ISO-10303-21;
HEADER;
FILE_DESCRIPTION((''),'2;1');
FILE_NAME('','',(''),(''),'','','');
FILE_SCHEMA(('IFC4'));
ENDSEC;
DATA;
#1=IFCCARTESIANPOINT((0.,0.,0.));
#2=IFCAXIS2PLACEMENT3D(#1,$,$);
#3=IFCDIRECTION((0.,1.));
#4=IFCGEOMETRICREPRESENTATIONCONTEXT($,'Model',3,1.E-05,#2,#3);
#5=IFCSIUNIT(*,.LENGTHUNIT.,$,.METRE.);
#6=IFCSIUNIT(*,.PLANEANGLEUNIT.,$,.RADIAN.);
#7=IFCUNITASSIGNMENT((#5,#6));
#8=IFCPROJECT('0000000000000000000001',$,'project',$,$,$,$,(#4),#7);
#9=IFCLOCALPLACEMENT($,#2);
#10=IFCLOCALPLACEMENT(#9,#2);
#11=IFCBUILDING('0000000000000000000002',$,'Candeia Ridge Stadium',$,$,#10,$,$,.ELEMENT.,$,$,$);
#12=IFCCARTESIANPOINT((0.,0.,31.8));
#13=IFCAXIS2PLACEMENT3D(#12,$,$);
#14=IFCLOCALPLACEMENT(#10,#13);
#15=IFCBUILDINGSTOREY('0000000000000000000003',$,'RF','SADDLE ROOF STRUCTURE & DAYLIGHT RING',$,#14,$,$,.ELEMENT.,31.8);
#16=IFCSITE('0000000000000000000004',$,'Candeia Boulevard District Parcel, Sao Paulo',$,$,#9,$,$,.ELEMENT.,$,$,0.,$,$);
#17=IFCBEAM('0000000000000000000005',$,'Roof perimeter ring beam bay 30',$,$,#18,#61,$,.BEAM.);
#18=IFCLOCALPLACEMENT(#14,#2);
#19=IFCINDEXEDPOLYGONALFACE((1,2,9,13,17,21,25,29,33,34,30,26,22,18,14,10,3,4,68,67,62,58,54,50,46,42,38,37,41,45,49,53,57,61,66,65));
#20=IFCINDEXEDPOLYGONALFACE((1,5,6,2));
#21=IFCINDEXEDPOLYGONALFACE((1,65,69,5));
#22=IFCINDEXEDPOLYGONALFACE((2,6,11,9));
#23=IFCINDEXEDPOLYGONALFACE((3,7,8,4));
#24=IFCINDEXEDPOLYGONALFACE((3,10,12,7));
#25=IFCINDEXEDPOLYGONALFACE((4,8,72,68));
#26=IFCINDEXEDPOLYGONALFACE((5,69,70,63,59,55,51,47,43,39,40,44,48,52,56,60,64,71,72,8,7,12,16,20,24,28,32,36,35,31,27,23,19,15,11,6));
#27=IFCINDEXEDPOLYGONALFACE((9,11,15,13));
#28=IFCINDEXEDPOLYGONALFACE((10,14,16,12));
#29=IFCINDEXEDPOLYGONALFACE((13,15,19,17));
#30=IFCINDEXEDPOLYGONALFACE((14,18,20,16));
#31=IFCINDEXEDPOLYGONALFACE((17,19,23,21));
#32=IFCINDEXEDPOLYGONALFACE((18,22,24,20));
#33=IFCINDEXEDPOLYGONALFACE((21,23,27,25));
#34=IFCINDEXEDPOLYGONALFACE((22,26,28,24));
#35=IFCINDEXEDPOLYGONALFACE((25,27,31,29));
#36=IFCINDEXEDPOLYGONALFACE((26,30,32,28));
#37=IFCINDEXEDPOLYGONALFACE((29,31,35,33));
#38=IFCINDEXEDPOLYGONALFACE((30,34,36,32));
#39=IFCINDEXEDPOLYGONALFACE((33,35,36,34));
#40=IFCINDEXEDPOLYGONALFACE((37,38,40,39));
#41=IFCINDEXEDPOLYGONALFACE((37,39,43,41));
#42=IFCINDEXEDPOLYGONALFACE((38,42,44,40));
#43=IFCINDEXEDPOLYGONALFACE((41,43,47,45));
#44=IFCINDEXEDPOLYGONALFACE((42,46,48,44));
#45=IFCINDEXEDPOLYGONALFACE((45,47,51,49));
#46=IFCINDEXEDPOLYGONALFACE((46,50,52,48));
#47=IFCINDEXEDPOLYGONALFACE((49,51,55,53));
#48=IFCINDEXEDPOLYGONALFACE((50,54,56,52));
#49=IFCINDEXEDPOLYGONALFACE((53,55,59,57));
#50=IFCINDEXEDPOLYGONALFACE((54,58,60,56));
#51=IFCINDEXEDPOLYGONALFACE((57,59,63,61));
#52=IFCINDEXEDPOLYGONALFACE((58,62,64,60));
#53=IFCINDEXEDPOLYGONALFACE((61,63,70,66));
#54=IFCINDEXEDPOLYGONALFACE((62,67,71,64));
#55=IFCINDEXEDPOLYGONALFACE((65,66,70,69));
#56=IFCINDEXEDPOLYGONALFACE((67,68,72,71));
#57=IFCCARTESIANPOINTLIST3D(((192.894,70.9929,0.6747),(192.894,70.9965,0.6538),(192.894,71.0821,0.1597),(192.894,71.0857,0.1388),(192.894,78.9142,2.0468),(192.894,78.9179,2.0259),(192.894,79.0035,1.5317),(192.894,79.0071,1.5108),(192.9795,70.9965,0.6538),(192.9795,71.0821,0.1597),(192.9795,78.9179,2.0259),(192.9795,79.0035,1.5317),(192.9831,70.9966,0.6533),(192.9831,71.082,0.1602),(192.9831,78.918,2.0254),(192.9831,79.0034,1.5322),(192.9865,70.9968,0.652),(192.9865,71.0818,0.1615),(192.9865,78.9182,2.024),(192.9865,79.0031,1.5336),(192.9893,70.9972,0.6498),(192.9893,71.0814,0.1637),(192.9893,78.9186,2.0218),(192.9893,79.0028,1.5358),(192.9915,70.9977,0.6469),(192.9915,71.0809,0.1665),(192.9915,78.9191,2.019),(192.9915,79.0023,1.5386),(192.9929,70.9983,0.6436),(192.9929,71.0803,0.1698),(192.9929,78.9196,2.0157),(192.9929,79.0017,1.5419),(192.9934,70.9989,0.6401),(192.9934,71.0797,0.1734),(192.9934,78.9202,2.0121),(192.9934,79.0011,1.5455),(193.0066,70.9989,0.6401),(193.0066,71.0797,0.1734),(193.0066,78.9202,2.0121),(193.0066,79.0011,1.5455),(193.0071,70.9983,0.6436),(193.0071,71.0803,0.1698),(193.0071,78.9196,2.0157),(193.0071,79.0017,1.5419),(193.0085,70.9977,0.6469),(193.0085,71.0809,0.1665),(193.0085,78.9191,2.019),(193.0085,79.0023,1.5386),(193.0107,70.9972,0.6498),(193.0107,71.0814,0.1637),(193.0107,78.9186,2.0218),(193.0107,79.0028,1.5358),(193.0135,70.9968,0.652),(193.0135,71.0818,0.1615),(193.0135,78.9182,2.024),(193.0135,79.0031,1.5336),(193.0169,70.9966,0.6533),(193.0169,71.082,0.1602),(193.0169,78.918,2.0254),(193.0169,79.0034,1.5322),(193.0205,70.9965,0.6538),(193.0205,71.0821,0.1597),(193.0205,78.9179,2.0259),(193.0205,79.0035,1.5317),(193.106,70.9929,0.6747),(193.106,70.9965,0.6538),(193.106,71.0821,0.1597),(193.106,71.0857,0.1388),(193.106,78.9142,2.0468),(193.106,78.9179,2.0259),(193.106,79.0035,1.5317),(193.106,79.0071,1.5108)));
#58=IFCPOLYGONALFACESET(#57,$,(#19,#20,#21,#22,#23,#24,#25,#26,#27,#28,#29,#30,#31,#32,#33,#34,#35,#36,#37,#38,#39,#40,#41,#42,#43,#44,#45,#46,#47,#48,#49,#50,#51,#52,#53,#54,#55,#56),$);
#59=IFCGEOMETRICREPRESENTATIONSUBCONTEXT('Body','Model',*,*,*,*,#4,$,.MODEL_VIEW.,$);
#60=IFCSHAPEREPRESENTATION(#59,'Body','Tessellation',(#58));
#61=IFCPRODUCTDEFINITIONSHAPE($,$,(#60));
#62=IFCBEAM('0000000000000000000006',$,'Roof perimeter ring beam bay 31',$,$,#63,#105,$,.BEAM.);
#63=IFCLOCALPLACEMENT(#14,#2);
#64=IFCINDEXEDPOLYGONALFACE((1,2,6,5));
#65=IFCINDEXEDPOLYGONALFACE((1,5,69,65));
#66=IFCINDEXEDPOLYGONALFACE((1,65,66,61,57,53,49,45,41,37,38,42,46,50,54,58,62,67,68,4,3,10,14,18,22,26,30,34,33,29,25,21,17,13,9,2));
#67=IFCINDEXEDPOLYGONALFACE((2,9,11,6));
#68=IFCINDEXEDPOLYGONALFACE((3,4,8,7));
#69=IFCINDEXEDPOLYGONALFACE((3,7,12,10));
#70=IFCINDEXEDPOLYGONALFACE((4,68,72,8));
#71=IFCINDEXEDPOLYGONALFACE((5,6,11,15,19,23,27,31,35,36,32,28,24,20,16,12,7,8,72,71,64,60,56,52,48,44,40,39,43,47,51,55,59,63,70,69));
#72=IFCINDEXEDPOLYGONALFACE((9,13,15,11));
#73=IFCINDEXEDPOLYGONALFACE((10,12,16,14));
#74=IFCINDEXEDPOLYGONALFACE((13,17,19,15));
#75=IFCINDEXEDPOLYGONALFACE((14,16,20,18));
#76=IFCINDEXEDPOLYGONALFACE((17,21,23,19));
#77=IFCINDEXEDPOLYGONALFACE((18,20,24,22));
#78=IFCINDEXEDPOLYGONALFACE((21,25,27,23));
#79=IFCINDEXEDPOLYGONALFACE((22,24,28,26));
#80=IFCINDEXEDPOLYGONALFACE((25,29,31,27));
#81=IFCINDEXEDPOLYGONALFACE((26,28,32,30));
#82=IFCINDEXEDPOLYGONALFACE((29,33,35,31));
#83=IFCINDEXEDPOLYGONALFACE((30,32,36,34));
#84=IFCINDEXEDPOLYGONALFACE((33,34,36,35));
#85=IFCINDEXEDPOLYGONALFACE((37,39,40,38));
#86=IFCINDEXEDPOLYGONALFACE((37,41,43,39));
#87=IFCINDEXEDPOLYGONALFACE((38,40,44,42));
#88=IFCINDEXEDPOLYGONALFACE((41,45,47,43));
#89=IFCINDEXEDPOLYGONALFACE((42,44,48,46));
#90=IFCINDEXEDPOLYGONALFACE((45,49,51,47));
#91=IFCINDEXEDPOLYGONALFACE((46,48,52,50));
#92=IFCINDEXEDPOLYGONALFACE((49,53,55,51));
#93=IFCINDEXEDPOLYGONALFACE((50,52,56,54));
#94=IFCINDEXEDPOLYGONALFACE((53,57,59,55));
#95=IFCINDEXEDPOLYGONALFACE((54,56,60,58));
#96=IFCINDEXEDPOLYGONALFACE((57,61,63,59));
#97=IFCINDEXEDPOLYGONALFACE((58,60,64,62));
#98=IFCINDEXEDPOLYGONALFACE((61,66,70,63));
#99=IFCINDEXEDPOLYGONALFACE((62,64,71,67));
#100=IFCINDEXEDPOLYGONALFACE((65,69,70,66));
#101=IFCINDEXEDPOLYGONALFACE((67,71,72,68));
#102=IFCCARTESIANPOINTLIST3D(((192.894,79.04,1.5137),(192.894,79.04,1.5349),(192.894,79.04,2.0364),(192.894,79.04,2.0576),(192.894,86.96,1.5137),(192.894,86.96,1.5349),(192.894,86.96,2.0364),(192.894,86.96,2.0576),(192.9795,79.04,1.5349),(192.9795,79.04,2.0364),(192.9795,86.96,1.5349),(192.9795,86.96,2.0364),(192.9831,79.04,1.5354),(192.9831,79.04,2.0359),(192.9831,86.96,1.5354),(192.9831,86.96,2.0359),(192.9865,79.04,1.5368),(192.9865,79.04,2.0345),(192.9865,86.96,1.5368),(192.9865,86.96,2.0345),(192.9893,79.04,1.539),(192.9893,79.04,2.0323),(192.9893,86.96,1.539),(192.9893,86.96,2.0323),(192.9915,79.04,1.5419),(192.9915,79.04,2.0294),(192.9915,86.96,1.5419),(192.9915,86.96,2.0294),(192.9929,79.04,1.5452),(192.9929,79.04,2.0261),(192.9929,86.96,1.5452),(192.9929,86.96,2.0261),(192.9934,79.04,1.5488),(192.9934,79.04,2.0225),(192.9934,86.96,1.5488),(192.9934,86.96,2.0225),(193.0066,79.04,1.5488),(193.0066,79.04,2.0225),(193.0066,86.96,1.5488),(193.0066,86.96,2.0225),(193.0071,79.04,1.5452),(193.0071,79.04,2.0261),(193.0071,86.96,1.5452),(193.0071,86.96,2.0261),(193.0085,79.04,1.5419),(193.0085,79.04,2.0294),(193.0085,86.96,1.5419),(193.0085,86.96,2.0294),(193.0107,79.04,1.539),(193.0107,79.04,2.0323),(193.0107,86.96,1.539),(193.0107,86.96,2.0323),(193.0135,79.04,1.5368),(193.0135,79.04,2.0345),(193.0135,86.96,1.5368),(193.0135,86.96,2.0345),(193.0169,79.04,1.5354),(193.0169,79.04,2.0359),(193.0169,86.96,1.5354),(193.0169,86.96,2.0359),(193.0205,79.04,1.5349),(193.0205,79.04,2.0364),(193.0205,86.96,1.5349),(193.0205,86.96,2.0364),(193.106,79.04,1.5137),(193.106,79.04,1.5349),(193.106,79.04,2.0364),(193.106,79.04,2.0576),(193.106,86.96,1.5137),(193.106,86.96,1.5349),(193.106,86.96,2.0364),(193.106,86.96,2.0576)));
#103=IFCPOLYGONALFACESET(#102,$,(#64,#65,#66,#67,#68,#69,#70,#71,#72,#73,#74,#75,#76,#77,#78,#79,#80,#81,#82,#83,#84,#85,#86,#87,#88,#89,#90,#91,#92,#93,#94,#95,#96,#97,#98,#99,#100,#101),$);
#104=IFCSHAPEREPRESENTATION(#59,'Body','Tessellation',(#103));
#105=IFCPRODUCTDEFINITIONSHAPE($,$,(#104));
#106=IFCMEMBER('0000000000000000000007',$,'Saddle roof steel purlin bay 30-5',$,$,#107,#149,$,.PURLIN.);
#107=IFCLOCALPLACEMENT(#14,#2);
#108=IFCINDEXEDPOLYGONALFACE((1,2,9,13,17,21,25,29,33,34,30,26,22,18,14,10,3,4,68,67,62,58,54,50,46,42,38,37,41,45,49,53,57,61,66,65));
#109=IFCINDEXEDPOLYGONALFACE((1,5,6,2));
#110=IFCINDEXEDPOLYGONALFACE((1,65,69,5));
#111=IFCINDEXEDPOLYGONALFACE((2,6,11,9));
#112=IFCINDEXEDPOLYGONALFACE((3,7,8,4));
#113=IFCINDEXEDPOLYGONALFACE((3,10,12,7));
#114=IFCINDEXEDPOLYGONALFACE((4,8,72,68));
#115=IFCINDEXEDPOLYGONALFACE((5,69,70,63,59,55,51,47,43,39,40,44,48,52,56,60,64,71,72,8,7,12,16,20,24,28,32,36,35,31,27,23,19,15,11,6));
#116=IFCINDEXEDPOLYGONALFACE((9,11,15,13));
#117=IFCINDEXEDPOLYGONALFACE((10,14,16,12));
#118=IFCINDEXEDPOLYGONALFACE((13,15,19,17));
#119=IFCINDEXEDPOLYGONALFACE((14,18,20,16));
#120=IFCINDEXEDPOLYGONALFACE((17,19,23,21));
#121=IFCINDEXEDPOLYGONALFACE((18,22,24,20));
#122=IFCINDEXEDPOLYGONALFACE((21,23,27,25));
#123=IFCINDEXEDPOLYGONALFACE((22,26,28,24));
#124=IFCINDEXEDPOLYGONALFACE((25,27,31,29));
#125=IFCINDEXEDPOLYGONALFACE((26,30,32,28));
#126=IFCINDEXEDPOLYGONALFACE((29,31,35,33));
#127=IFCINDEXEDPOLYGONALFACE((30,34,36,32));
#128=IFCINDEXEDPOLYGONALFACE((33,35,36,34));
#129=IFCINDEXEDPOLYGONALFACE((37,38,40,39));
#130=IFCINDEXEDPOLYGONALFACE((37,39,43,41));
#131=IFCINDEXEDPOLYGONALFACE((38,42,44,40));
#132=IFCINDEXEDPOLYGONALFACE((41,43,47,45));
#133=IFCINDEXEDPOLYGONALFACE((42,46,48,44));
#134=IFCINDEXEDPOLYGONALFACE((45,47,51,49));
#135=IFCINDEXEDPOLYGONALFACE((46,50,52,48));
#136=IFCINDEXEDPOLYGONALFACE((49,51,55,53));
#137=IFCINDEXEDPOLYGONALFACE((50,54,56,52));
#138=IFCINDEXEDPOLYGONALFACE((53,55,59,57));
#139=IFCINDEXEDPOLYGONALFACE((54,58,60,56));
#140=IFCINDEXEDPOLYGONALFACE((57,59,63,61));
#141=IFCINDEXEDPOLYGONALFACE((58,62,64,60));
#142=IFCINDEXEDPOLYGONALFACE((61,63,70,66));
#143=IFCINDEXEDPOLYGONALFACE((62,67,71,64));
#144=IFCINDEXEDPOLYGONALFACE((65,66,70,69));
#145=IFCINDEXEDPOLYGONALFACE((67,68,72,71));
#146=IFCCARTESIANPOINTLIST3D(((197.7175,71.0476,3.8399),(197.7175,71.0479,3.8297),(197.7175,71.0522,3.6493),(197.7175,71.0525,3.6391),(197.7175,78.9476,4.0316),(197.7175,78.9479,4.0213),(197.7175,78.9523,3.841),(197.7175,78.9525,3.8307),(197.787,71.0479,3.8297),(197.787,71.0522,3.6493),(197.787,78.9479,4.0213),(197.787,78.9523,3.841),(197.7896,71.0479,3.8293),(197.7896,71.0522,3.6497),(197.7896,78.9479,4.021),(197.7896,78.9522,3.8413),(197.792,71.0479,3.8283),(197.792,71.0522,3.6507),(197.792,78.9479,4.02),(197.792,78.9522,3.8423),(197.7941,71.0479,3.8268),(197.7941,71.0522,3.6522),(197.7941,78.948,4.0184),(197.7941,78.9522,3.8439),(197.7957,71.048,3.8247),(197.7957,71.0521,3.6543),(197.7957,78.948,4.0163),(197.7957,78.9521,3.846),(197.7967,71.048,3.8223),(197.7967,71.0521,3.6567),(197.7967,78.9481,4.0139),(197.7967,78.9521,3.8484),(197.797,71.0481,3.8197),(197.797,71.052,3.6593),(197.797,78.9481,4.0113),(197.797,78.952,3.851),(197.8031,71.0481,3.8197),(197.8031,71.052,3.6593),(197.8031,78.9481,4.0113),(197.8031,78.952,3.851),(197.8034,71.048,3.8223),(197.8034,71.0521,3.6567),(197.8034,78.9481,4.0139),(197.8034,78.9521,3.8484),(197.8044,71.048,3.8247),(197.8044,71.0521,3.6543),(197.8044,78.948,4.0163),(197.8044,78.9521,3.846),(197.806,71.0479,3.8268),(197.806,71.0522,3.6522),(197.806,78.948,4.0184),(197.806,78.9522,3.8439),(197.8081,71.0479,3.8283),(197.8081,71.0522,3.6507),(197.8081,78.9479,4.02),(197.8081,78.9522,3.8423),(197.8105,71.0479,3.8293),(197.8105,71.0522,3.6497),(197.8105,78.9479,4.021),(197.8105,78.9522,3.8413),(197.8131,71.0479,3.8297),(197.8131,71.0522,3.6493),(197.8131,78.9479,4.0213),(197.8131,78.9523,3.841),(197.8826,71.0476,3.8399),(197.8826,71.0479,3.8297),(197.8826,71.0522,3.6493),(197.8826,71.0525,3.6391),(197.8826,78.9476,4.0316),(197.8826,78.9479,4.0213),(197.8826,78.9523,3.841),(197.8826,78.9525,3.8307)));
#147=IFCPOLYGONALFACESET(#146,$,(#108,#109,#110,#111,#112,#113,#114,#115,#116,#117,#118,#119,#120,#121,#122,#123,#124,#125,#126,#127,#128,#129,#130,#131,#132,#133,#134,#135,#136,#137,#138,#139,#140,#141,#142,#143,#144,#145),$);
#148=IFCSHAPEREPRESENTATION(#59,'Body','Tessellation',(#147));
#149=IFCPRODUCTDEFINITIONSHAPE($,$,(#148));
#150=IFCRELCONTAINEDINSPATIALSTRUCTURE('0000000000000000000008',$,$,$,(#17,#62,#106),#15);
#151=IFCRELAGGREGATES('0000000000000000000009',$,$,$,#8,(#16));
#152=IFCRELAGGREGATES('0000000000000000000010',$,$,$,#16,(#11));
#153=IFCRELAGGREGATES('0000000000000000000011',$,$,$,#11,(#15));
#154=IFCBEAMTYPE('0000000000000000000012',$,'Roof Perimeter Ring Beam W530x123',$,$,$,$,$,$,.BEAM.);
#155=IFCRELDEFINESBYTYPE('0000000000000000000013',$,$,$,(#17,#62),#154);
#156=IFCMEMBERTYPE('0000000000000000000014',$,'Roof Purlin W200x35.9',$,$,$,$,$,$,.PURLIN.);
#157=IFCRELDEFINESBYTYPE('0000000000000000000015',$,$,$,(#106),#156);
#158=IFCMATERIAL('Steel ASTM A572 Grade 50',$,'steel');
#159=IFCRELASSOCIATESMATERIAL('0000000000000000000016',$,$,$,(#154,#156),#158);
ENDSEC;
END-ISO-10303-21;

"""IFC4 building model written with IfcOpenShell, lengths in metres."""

from ifc_helpers import new_model, si_unit, direction, frame, origin, origin_2d, place, context, subcontext, project, spatial, i_section, extrude, material, material_profile, profile_set, type_object, element, save


model = new_model("IFC4")

# Units and contexts
model_context = context("Model", 3, precision=1e-05, world=origin(), true_north=direction((0.0, 1.0)))
body_context = subcontext(model_context, "Body", "Model", "MODEL_VIEW")
ifc_project = project(units=[si_unit("LENGTHUNIT", "METRE"), si_unit("PLANEANGLEUNIT", "RADIAN")], contexts=[model_context])

# Site, building, storey
site_placement = place(None, origin())
site = spatial("IfcSite", under=ifc_project, at=site_placement, Name="Candeia Boulevard District Parcel, Sao Paulo", CompositionType="ELEMENT", RefElevation=0.0)
building_placement = place(site_placement, origin())
building = spatial("IfcBuilding", under=site, at=building_placement, Name="Candeia Ridge Stadium", CompositionType="ELEMENT")
storey_placement = place(building_placement, frame((0.0, 0.0, 31.8)))
storey = spatial("IfcBuildingStorey", under=building, at=storey_placement, Name="RF", Description="SADDLE ROOF STRUCTURE & DAYLIGHT RING", CompositionType="ELEMENT", Elevation=31.8)

# Shared definitions
ifc_material_1 = material(Name="Steel ASTM A572 Grade 50", Category="steel")

# Beams
ifc_material_profile_1 = material_profile(ifc_material_1, i_section(OverallWidth=0.2119, OverallDepth=0.5439, WebThickness=0.0132, FlangeThickness=0.0212, FilletRadius=0.0139, at=origin_2d()), Name="W530x123", Category="steel")
ifc_profile_set_1 = profile_set([ifc_material_profile_1], Name="Steel ASTM A572 Grade 50")
beam_type_1 = type_object("IfcBeamType", Name="Roof Perimeter Ring Beam W530x123", PredefinedType="BEAM", material=ifc_profile_set_1)
beam_1_placement = place(storey_placement, frame((193.0, 71.0393, 0.4067), z_axis=(0.0, 0.985328, 0.17067), x_axis=(-1.0, 0.0, 0.0)))
element("IfcBeam", 1, at=beam_1_placement, inside=storey, type_object=beam_type_1, Name="Roof perimeter ring beam bay 30", PredefinedType="BEAM", context=body_context, shape_type="SweptSolid", body=[
    extrude(i_section(OverallWidth=0.2119, OverallDepth=0.5439, WebThickness=0.0132, FlangeThickness=0.0212, FilletRadius=0.0139, at=origin_2d()), origin(), (0.0, 0.0, 1.0), 8.0393),
])
beam_2_placement = place(storey_placement, frame((193.0, 79.04, 1.7856), z_axis=(0.0, 1.0, 0.0), x_axis=(-1.0, 0.0, 0.0)))
element("IfcBeam", 2, at=beam_2_placement, inside=storey, type_object=beam_type_1, Name="Roof perimeter ring beam bay 31", PredefinedType="BEAM", context=body_context, shape_type="SweptSolid", body=[
    extrude(i_section(OverallWidth=0.2119, OverallDepth=0.5439, WebThickness=0.0132, FlangeThickness=0.0212, FilletRadius=0.0139, at=origin_2d()), origin(), (0.0, 0.0, 1.0), 7.9199),
])

# Member
ifc_material_profile_2 = material_profile(ifc_material_1, i_section(OverallWidth=0.165, OverallDepth=0.2009, WebThickness=0.0061, FlangeThickness=0.0103, FilletRadius=0.01, at=origin_2d()), Name="W200x35.9", Category="steel")
ifc_profile_set_2 = profile_set([ifc_material_profile_2], Name="Steel ASTM A572 Grade 50")
member_type_1 = type_object("IfcMemberType", Name="Roof Purlin W200x35.9", PredefinedType="PURLIN", material=ifc_profile_set_2)
member_1_placement = place(storey_placement, frame((197.8, 71.05, 3.7395), z_axis=(0.0, 0.999706, 0.024253), x_axis=(-1.0, 0.0, 0.0)))
element("IfcMember", 3, at=member_1_placement, inside=storey, type_object=member_type_1, Name="Saddle roof steel purlin bay 30-5", PredefinedType="PURLIN", context=body_context, shape_type="SweptSolid", body=[
    extrude(i_section(OverallWidth=0.165, OverallDepth=0.2009, WebThickness=0.0061, FlangeThickness=0.0103, FilletRadius=0.01, at=origin_2d()), origin(), (0.0, 0.0, 1.0), 7.9023),
])

save(model, "model.ifc")
